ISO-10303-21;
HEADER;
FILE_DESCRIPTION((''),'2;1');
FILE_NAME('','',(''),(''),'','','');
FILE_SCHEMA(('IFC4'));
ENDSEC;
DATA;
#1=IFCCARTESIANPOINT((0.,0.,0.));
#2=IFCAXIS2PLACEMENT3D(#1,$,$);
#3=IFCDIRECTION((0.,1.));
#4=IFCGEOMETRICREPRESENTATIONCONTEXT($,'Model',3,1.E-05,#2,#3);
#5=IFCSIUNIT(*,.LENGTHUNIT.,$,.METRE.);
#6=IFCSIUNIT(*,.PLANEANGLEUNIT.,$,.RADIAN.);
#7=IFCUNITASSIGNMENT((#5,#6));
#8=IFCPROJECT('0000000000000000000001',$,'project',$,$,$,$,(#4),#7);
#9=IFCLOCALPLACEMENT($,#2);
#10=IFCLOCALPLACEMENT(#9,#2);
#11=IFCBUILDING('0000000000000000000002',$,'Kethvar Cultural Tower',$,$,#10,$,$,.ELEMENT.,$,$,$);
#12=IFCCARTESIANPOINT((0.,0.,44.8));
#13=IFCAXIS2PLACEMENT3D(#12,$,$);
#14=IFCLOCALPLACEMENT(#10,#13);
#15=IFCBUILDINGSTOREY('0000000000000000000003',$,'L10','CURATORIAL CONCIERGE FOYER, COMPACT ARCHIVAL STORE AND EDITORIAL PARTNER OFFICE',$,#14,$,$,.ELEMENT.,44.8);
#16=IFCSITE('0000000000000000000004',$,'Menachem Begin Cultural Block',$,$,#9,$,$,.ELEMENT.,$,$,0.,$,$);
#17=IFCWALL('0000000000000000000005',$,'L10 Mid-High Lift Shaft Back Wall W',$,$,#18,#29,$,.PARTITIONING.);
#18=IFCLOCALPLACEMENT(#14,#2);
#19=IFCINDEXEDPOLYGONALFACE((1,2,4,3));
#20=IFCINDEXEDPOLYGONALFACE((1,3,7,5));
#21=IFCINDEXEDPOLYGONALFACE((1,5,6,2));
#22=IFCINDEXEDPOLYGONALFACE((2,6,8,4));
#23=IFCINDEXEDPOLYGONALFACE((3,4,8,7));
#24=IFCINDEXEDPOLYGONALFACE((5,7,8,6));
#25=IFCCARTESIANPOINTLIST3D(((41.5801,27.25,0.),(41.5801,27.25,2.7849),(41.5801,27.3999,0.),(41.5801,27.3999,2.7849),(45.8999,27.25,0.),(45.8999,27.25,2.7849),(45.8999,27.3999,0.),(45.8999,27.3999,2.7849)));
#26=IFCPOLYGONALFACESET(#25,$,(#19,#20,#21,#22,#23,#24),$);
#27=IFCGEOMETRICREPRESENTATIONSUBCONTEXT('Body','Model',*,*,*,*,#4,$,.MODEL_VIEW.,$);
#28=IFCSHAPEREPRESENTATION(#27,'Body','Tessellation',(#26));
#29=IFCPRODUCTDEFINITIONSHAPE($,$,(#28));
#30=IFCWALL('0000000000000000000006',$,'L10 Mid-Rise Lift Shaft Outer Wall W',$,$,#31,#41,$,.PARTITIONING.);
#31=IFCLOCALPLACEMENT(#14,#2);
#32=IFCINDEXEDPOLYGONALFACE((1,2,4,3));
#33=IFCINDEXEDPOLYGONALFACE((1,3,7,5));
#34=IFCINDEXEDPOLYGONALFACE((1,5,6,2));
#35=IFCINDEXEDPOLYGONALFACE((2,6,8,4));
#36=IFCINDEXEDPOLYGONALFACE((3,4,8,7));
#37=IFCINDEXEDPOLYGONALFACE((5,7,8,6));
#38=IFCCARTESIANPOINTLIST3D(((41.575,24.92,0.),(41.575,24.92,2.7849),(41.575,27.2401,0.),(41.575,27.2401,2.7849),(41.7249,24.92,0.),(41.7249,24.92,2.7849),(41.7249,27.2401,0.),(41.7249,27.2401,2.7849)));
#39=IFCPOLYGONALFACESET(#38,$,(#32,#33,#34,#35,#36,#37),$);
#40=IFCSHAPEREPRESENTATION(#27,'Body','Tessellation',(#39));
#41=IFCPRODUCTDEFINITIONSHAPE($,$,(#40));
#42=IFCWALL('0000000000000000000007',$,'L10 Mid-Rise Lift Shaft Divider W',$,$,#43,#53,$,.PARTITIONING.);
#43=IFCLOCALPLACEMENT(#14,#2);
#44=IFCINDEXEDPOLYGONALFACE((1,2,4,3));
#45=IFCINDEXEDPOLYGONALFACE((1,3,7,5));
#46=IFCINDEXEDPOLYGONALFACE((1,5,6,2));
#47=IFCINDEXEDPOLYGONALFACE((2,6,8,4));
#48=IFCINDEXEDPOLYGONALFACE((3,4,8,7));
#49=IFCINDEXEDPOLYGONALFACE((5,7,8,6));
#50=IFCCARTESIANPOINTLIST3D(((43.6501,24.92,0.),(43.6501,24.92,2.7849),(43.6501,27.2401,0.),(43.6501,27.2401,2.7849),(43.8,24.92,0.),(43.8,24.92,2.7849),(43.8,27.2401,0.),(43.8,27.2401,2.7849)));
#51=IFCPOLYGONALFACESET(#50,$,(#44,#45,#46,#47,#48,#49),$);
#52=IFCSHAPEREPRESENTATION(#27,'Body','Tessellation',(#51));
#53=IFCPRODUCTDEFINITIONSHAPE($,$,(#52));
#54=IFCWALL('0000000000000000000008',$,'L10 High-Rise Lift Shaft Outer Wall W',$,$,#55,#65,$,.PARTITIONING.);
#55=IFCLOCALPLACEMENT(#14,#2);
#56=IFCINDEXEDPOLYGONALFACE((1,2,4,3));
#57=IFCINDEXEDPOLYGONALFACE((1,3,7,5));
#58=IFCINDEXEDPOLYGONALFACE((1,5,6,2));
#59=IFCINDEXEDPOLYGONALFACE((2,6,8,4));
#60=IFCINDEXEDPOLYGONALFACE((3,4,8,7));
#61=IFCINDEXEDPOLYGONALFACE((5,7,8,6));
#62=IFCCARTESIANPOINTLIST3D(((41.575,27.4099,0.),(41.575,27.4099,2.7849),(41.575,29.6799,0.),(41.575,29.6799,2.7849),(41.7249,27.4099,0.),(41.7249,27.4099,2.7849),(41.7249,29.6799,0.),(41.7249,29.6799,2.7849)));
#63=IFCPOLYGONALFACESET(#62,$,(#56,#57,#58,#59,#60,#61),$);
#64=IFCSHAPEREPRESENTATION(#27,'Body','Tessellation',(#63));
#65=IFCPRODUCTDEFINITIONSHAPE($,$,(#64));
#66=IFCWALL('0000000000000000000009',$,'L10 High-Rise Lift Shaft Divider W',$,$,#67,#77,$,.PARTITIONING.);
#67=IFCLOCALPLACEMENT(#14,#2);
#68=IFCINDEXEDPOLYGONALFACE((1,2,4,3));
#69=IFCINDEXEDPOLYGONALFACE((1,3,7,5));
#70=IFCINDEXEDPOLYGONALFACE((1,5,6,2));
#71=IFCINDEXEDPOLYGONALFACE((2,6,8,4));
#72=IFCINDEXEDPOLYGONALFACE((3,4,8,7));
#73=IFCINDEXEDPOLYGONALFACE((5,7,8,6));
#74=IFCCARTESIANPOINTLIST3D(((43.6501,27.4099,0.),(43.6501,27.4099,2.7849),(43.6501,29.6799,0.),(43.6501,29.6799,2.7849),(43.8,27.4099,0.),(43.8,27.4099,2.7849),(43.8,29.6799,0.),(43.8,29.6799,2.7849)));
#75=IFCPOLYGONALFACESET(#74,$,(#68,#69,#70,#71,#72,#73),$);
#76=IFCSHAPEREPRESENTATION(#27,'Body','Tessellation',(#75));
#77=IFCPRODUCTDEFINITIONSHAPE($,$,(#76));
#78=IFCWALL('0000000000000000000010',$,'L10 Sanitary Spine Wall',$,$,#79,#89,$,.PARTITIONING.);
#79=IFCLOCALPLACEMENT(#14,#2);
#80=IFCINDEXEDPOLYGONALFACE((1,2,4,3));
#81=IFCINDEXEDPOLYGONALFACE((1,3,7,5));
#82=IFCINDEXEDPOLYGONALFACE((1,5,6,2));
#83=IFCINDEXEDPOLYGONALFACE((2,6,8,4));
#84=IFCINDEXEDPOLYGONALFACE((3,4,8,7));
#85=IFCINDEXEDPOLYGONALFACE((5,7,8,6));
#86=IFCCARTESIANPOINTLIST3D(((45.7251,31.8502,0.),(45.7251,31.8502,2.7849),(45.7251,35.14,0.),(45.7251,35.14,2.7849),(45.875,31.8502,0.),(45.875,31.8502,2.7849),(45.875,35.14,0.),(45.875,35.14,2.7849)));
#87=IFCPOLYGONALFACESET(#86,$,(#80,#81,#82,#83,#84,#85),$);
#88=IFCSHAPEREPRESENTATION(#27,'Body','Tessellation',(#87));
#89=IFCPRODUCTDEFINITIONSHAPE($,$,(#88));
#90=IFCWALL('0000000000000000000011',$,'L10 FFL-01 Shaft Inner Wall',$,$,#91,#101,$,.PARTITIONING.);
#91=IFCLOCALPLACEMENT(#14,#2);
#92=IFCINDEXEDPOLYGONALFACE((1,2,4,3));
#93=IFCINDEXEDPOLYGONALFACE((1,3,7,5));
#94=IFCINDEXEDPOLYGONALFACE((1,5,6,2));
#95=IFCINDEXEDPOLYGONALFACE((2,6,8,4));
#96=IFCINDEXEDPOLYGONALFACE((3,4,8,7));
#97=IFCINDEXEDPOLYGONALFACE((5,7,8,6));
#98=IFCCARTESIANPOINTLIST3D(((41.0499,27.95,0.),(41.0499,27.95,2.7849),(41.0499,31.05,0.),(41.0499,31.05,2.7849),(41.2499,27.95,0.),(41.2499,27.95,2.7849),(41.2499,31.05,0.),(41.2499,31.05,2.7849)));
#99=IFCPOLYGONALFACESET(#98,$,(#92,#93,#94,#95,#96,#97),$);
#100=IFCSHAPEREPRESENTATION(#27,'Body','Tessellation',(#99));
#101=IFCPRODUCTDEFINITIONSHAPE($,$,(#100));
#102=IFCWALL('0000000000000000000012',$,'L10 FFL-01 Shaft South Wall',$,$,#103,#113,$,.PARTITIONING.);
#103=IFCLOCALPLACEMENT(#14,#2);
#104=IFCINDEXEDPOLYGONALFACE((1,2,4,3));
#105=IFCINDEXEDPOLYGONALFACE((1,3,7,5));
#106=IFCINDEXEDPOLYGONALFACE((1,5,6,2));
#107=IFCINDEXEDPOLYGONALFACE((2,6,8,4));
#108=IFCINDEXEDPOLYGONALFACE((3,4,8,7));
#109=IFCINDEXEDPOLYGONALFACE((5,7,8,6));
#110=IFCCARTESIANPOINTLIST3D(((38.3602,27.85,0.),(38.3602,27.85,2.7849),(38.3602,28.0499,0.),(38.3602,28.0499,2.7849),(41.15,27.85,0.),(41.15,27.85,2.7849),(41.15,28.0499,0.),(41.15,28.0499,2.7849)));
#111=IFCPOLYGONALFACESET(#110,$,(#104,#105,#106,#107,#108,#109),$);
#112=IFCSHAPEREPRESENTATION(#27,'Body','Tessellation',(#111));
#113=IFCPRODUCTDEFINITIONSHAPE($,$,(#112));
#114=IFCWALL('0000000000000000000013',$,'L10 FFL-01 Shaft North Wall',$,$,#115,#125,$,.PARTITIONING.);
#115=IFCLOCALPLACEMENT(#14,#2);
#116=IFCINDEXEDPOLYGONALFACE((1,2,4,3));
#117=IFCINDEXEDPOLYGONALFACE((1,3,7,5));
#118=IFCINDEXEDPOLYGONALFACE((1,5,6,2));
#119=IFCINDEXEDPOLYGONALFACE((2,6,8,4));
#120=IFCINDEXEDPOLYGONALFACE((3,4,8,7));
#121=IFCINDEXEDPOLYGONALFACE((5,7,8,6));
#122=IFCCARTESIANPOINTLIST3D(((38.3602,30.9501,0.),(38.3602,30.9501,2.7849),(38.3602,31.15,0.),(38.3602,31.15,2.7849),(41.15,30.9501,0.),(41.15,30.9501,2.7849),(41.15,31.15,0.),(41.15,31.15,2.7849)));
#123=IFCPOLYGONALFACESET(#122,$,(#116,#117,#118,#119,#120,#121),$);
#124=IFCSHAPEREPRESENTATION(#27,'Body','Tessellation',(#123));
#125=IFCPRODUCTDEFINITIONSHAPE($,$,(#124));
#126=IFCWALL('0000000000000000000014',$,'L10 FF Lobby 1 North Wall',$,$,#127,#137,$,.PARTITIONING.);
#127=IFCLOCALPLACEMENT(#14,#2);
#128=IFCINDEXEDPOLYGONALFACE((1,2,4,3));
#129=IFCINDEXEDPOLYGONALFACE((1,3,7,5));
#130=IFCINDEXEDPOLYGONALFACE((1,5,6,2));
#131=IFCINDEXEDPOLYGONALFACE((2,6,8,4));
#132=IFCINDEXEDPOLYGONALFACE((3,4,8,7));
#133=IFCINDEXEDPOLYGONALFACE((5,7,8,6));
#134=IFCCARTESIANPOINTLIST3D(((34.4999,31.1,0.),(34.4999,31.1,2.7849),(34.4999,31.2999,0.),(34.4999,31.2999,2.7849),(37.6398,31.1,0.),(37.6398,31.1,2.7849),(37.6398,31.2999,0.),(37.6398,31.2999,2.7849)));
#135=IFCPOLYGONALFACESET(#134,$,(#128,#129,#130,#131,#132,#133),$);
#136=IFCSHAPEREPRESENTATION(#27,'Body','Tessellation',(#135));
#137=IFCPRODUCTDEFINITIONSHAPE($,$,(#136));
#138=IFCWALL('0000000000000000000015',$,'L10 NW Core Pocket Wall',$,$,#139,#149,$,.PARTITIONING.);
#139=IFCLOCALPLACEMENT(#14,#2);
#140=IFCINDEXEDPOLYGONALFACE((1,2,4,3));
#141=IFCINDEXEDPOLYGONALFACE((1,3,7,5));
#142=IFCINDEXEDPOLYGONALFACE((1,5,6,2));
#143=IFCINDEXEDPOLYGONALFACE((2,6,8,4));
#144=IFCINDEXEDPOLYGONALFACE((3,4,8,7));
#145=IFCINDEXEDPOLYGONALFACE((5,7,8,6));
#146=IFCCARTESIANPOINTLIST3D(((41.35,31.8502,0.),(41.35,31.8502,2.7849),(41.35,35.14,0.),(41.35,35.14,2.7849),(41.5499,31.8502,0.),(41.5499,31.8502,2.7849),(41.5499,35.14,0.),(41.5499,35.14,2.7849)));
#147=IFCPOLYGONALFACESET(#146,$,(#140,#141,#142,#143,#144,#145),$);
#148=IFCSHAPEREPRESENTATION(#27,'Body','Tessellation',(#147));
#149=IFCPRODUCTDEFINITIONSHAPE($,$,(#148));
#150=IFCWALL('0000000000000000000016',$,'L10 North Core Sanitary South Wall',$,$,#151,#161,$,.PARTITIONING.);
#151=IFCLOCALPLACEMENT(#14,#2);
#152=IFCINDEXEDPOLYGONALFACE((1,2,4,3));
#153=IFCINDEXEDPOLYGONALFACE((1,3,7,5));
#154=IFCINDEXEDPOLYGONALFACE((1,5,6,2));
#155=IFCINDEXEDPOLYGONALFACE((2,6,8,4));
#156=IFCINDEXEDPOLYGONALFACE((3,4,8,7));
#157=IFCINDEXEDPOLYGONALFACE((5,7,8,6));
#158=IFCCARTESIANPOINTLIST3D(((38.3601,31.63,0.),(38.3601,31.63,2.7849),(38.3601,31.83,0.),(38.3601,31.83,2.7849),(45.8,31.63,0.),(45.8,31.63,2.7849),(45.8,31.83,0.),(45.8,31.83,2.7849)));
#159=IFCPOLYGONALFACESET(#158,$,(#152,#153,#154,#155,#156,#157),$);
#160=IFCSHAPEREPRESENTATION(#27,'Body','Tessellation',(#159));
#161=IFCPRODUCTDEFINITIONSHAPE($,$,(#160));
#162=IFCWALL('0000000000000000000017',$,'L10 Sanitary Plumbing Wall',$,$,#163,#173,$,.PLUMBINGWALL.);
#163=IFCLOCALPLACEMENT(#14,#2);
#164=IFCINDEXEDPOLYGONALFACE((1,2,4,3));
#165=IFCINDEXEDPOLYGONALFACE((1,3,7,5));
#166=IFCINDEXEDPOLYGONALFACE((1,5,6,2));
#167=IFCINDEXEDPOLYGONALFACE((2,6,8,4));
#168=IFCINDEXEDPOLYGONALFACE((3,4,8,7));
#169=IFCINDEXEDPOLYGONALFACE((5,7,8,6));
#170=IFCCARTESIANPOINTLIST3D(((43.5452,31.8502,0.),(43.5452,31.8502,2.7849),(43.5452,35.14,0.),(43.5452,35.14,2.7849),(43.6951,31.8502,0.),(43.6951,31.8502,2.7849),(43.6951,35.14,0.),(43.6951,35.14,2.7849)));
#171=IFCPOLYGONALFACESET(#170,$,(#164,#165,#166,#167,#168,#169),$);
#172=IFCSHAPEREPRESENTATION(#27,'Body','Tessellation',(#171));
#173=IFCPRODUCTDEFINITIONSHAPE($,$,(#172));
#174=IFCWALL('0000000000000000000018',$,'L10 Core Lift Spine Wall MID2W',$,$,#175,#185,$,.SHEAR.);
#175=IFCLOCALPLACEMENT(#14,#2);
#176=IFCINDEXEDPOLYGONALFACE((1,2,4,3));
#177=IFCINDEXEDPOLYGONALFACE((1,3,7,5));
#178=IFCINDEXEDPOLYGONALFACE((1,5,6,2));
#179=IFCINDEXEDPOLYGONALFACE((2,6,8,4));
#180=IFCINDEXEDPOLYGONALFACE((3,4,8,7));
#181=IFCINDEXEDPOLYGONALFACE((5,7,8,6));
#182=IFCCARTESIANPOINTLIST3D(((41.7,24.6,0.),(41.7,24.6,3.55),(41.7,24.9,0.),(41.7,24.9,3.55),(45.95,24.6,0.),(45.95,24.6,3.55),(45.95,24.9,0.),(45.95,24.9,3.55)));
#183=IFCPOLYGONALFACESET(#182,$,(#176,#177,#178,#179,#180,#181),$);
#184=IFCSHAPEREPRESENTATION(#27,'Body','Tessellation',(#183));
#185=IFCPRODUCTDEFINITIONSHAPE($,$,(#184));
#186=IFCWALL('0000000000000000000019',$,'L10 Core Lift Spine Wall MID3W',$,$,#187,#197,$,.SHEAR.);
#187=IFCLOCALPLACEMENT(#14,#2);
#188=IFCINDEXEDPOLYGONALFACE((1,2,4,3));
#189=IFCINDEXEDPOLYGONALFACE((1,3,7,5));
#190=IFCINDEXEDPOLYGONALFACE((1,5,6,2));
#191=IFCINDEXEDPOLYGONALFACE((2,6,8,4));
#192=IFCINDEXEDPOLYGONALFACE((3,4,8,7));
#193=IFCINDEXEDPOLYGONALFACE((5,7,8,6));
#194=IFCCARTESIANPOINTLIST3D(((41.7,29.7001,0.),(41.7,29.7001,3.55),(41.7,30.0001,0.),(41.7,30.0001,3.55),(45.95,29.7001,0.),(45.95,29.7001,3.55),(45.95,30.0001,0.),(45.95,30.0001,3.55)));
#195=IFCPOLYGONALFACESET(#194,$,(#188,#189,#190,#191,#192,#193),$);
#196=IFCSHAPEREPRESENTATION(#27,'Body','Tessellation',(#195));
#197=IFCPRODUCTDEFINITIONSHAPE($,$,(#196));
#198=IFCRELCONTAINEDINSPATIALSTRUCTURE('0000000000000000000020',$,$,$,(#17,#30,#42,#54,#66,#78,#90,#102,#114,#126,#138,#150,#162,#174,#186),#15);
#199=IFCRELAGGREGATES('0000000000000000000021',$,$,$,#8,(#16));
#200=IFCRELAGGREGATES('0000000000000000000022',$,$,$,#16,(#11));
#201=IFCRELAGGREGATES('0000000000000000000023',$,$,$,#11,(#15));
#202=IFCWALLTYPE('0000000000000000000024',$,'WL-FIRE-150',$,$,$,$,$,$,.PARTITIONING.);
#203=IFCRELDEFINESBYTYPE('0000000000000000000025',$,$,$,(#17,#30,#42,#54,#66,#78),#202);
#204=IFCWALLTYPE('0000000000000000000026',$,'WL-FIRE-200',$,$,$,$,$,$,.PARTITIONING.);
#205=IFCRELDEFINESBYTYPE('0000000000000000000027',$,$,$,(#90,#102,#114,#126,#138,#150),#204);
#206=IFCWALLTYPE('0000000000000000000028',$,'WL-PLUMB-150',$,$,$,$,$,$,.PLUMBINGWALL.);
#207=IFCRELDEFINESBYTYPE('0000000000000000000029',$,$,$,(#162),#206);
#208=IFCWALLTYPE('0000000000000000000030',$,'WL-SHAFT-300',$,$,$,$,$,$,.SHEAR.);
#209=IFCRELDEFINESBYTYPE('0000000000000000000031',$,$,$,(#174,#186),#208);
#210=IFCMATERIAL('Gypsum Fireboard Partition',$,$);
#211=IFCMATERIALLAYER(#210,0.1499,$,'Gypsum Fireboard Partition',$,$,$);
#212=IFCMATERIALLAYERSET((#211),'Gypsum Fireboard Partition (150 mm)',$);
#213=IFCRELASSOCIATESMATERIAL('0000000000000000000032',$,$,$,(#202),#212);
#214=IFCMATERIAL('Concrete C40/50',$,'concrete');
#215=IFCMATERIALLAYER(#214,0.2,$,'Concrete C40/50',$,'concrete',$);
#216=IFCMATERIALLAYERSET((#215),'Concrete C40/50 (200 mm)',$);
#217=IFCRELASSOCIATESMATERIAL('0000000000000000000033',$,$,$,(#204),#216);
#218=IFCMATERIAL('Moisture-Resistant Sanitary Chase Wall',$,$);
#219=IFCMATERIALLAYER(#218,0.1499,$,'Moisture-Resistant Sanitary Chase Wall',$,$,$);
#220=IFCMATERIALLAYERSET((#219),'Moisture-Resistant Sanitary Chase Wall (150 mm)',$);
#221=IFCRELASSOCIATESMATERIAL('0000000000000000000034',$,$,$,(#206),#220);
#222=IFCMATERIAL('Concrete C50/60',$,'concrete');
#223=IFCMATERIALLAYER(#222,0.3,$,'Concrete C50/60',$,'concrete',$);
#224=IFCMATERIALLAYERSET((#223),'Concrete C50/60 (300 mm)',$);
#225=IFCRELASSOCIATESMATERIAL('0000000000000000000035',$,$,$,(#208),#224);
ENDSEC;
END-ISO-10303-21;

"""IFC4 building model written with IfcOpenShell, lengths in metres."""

from ifc_helpers import new_model, si_unit, direction, frame, frame_2d, origin, place, context, subcontext, project, spatial, rectangle, extrude, material, layer, layer_set, type_object, element, save


model = new_model("IFC4")

# Units and contexts
model_context = context("Model", 3, precision=1e-05, world=origin(), true_north=direction((0.0, 1.0)))
body_context = subcontext(model_context, "Body", "Model", "MODEL_VIEW")
ifc_project = project(units=[si_unit("LENGTHUNIT", "METRE"), si_unit("PLANEANGLEUNIT", "RADIAN")], contexts=[model_context])

# Site, building, storey
site_placement = place(None, origin())
site = spatial("IfcSite", under=ifc_project, at=site_placement, Name="Menachem Begin Cultural Block", CompositionType="ELEMENT", RefElevation=0.0)
building_placement = place(site_placement, origin())
building = spatial("IfcBuilding", under=site, at=building_placement, Name="Kethvar Cultural Tower", CompositionType="ELEMENT")
storey_placement = place(building_placement, frame((0.0, 0.0, 44.8)))
storey = spatial("IfcBuildingStorey", under=building, at=storey_placement, Name="L10", Description="CURATORIAL CONCIERGE FOYER, COMPACT ARCHIVAL STORE AND EDITORIAL PARTNER OFFICE", CompositionType="ELEMENT", Elevation=44.8)

# Walls
ifc_material_1 = material(Name="Gypsum Fireboard Partition")
ifc_layer_1 = layer(ifc_material_1, 0.1499, Name="Gypsum Fireboard Partition")
ifc_layer_set_1 = layer_set([ifc_layer_1], Name="Gypsum Fireboard Partition (150 mm)")
wall_type_1 = type_object("IfcWallType", Name="WL-FIRE-150", PredefinedType="PARTITIONING", material=ifc_layer_set_1)
wall_1_placement = place(storey_placement, frame((41.5801, 27.325, 0.0), z_axis=(0.0, 0.0, 1.0), x_axis=(1.0, 0.0, 0.0)))
element("IfcWall", 1, at=wall_1_placement, inside=storey, type_object=wall_type_1, Name="L10 Mid-High Lift Shaft Back Wall W", PredefinedType="PARTITIONING", context=body_context, shape_type="SweptSolid", body=[
    extrude(rectangle(XDim=4.3198, YDim=0.1499, at=frame_2d((2.1599, 0.0))), origin(), (0.0, 0.0, 1.0), 2.7849),
])
for number, where, z_axis, x_axis, name in (
    (2, (41.6499, 24.9199, 0.0), (0.0, 0.0, 1.0), (0.0, 1.0, 0.0), "L10 Mid-Rise Lift Shaft Outer Wall W"),
    (3, (43.7251, 24.9199, 0.0), (0.0, 0.0, 1.0), (0.0, 1.0, 0.0), "L10 Mid-Rise Lift Shaft Divider W"),
):
    element("IfcWall", number, at=place(storey_placement, frame(where, z_axis=z_axis, x_axis=x_axis)), inside=storey, type_object=wall_type_1, Name=name, PredefinedType="PARTITIONING", context=body_context, shape_type="SweptSolid", body=[
        extrude(rectangle(XDim=2.3201, YDim=0.1499, at=frame_2d((1.1602, 0.0))), origin(), (0.0, 0.0, 1.0), 2.7849),
    ])
for number, where, z_axis, x_axis, name in (
    (4, (41.6499, 27.4099, 0.0), (0.0, 0.0, 1.0), (0.0, 1.0, 0.0), "L10 High-Rise Lift Shaft Outer Wall W"),
    (5, (43.7251, 27.4099, 0.0), (0.0, 0.0, 1.0), (0.0, 1.0, 0.0), "L10 High-Rise Lift Shaft Divider W"),
):
    element("IfcWall", number, at=place(storey_placement, frame(where, z_axis=z_axis, x_axis=x_axis)), inside=storey, type_object=wall_type_1, Name=name, PredefinedType="PARTITIONING", context=body_context, shape_type="SweptSolid", body=[
        extrude(rectangle(XDim=2.27, YDim=0.1499, at=frame_2d((1.135, 0.0))), origin(), (0.0, 0.0, 1.0), 2.7849),
    ])
wall_2_placement = place(storey_placement, frame((45.8, 31.8501, 0.0), z_axis=(0.0, 0.0, 1.0), x_axis=(0.0, 1.0, 0.0)))
element("IfcWall", 6, at=wall_2_placement, inside=storey, type_object=wall_type_1, Name="L10 Sanitary Spine Wall", PredefinedType="PARTITIONING", context=body_context, shape_type="SweptSolid", body=[
    extrude(rectangle(XDim=3.2898, YDim=0.1499, at=frame_2d((1.645, 0.0))), origin(), (0.0, 0.0, 1.0), 2.7849),
])
ifc_material_2 = material(Name="Concrete C40/50", Category="concrete")
ifc_layer_2 = layer(ifc_material_2, 0.2, Name="Concrete C40/50", Category="concrete")
ifc_layer_set_2 = layer_set([ifc_layer_2], Name="Concrete C40/50 (200 mm)")
wall_type_2 = type_object("IfcWallType", Name="WL-FIRE-200", PredefinedType="PARTITIONING", material=ifc_layer_set_2)
wall_3_placement = place(storey_placement, frame((41.1499, 27.95, 0.0), z_axis=(0.0, 0.0, 1.0), x_axis=(0.0, 1.0, 0.0)))
element("IfcWall", 7, at=wall_3_placement, inside=storey, type_object=wall_type_2, Name="L10 FFL-01 Shaft Inner Wall", PredefinedType="PARTITIONING", context=body_context, shape_type="SweptSolid", body=[
    extrude(rectangle(XDim=3.1001, YDim=0.2, at=frame_2d((1.55, 0.0))), origin(), (0.0, 0.0, 1.0), 2.7849),
])
for number, where, z_axis, x_axis, name in (
    (8, (38.3601, 27.95, 0.0), (0.0, 0.0, 1.0), (1.0, 0.0, 0.0), "L10 FFL-01 Shaft South Wall"),
    (9, (38.3601, 31.05, 0.0), (0.0, 0.0, 1.0), (1.0, 0.0, 0.0), "L10 FFL-01 Shaft North Wall"),
):
    element("IfcWall", number, at=place(storey_placement, frame(where, z_axis=z_axis, x_axis=x_axis)), inside=storey, type_object=wall_type_2, Name=name, PredefinedType="PARTITIONING", context=body_context, shape_type="SweptSolid", body=[
        extrude(rectangle(XDim=2.7898, YDim=0.2, at=frame_2d((1.395, 0.0))), origin(), (0.0, 0.0, 1.0), 2.7849),
    ])

# Walls
wall_4_placement = place(storey_placement, frame((34.5, 31.2, 0.0), z_axis=(0.0, 0.0, 1.0), x_axis=(1.0, 0.0, 0.0)))
element("IfcWall", 10, at=wall_4_placement, inside=storey, type_object=wall_type_2, Name="L10 FF Lobby 1 North Wall", PredefinedType="PARTITIONING", context=body_context, shape_type="SweptSolid", body=[
    extrude(rectangle(XDim=3.1399, YDim=0.2, at=frame_2d((1.5698, 0.0))), origin(), (0.0, 0.0, 1.0), 2.7849),
])
wall_5_placement = place(storey_placement, frame((41.45, 31.8501, 0.0), z_axis=(0.0, 0.0, 1.0), x_axis=(0.0, 1.0, 0.0)))
element("IfcWall", 11, at=wall_5_placement, inside=storey, type_object=wall_type_2, Name="L10 NW Core Pocket Wall", PredefinedType="PARTITIONING", context=body_context, shape_type="SweptSolid", body=[
    extrude(rectangle(XDim=3.2898, YDim=0.2, at=frame_2d((1.645, 0.0))), origin(), (0.0, 0.0, 1.0), 2.7849),
])
wall_6_placement = place(storey_placement, frame((38.3601, 31.73, 0.0), z_axis=(0.0, 0.0, 1.0), x_axis=(1.0, 0.0, 0.0)))
element("IfcWall", 12, at=wall_6_placement, inside=storey, type_object=wall_type_2, Name="L10 North Core Sanitary South Wall", PredefinedType="PARTITIONING", context=body_context, shape_type="SweptSolid", body=[
    extrude(rectangle(XDim=7.4399, YDim=0.2, at=frame_2d((3.72, 0.0))), origin(), (0.0, 0.0, 1.0), 2.7849),
])
ifc_material_3 = material(Name="Moisture-Resistant Sanitary Chase Wall")
ifc_layer_3 = layer(ifc_material_3, 0.1499, Name="Moisture-Resistant Sanitary Chase Wall")
ifc_layer_set_3 = layer_set([ifc_layer_3], Name="Moisture-Resistant Sanitary Chase Wall (150 mm)")
wall_type_3 = type_object("IfcWallType", Name="WL-PLUMB-150", PredefinedType="PLUMBINGWALL", material=ifc_layer_set_3)
wall_7_placement = place(storey_placement, frame((43.6201, 31.8501, 0.0), z_axis=(0.0, 0.0, 1.0), x_axis=(0.0, 1.0, 0.0)))
element("IfcWall", 13, at=wall_7_placement, inside=storey, type_object=wall_type_3, Name="L10 Sanitary Plumbing Wall", PredefinedType="PLUMBINGWALL", context=body_context, shape_type="SweptSolid", body=[
    extrude(rectangle(XDim=3.2898, YDim=0.1499, at=frame_2d((1.645, 0.0))), origin(), (0.0, 0.0, 1.0), 2.7849),
])
ifc_material_4 = material(Name="Concrete C50/60", Category="concrete")
ifc_layer_4 = layer(ifc_material_4, 0.3, Name="Concrete C50/60", Category="concrete")
ifc_layer_set_4 = layer_set([ifc_layer_4], Name="Concrete C50/60 (300 mm)")
wall_type_4 = type_object("IfcWallType", Name="WL-SHAFT-300", PredefinedType="SHEAR", material=ifc_layer_set_4)
for number, where, z_axis, x_axis, name in (
    (14, (41.7, 24.75, 0.0), (0.0, 0.0, 1.0), (1.0, 0.0, 0.0), "L10 Core Lift Spine Wall MID2W"),
    (15, (41.7, 29.8501, 0.0), (0.0, 0.0, 1.0), (1.0, 0.0, 0.0), "L10 Core Lift Spine Wall MID3W"),
):
    element("IfcWall", number, at=place(storey_placement, frame(where, z_axis=z_axis, x_axis=x_axis)), inside=storey, type_object=wall_type_4, Name=name, PredefinedType="SHEAR", context=body_context, shape_type="SweptSolid", body=[
        extrude(rectangle(XDim=4.25, YDim=0.3, at=frame_2d((2.125, 0.0))), origin(), (0.0, 0.0, 1.0), 3.55),
    ])

save(model, "model.ifc")
